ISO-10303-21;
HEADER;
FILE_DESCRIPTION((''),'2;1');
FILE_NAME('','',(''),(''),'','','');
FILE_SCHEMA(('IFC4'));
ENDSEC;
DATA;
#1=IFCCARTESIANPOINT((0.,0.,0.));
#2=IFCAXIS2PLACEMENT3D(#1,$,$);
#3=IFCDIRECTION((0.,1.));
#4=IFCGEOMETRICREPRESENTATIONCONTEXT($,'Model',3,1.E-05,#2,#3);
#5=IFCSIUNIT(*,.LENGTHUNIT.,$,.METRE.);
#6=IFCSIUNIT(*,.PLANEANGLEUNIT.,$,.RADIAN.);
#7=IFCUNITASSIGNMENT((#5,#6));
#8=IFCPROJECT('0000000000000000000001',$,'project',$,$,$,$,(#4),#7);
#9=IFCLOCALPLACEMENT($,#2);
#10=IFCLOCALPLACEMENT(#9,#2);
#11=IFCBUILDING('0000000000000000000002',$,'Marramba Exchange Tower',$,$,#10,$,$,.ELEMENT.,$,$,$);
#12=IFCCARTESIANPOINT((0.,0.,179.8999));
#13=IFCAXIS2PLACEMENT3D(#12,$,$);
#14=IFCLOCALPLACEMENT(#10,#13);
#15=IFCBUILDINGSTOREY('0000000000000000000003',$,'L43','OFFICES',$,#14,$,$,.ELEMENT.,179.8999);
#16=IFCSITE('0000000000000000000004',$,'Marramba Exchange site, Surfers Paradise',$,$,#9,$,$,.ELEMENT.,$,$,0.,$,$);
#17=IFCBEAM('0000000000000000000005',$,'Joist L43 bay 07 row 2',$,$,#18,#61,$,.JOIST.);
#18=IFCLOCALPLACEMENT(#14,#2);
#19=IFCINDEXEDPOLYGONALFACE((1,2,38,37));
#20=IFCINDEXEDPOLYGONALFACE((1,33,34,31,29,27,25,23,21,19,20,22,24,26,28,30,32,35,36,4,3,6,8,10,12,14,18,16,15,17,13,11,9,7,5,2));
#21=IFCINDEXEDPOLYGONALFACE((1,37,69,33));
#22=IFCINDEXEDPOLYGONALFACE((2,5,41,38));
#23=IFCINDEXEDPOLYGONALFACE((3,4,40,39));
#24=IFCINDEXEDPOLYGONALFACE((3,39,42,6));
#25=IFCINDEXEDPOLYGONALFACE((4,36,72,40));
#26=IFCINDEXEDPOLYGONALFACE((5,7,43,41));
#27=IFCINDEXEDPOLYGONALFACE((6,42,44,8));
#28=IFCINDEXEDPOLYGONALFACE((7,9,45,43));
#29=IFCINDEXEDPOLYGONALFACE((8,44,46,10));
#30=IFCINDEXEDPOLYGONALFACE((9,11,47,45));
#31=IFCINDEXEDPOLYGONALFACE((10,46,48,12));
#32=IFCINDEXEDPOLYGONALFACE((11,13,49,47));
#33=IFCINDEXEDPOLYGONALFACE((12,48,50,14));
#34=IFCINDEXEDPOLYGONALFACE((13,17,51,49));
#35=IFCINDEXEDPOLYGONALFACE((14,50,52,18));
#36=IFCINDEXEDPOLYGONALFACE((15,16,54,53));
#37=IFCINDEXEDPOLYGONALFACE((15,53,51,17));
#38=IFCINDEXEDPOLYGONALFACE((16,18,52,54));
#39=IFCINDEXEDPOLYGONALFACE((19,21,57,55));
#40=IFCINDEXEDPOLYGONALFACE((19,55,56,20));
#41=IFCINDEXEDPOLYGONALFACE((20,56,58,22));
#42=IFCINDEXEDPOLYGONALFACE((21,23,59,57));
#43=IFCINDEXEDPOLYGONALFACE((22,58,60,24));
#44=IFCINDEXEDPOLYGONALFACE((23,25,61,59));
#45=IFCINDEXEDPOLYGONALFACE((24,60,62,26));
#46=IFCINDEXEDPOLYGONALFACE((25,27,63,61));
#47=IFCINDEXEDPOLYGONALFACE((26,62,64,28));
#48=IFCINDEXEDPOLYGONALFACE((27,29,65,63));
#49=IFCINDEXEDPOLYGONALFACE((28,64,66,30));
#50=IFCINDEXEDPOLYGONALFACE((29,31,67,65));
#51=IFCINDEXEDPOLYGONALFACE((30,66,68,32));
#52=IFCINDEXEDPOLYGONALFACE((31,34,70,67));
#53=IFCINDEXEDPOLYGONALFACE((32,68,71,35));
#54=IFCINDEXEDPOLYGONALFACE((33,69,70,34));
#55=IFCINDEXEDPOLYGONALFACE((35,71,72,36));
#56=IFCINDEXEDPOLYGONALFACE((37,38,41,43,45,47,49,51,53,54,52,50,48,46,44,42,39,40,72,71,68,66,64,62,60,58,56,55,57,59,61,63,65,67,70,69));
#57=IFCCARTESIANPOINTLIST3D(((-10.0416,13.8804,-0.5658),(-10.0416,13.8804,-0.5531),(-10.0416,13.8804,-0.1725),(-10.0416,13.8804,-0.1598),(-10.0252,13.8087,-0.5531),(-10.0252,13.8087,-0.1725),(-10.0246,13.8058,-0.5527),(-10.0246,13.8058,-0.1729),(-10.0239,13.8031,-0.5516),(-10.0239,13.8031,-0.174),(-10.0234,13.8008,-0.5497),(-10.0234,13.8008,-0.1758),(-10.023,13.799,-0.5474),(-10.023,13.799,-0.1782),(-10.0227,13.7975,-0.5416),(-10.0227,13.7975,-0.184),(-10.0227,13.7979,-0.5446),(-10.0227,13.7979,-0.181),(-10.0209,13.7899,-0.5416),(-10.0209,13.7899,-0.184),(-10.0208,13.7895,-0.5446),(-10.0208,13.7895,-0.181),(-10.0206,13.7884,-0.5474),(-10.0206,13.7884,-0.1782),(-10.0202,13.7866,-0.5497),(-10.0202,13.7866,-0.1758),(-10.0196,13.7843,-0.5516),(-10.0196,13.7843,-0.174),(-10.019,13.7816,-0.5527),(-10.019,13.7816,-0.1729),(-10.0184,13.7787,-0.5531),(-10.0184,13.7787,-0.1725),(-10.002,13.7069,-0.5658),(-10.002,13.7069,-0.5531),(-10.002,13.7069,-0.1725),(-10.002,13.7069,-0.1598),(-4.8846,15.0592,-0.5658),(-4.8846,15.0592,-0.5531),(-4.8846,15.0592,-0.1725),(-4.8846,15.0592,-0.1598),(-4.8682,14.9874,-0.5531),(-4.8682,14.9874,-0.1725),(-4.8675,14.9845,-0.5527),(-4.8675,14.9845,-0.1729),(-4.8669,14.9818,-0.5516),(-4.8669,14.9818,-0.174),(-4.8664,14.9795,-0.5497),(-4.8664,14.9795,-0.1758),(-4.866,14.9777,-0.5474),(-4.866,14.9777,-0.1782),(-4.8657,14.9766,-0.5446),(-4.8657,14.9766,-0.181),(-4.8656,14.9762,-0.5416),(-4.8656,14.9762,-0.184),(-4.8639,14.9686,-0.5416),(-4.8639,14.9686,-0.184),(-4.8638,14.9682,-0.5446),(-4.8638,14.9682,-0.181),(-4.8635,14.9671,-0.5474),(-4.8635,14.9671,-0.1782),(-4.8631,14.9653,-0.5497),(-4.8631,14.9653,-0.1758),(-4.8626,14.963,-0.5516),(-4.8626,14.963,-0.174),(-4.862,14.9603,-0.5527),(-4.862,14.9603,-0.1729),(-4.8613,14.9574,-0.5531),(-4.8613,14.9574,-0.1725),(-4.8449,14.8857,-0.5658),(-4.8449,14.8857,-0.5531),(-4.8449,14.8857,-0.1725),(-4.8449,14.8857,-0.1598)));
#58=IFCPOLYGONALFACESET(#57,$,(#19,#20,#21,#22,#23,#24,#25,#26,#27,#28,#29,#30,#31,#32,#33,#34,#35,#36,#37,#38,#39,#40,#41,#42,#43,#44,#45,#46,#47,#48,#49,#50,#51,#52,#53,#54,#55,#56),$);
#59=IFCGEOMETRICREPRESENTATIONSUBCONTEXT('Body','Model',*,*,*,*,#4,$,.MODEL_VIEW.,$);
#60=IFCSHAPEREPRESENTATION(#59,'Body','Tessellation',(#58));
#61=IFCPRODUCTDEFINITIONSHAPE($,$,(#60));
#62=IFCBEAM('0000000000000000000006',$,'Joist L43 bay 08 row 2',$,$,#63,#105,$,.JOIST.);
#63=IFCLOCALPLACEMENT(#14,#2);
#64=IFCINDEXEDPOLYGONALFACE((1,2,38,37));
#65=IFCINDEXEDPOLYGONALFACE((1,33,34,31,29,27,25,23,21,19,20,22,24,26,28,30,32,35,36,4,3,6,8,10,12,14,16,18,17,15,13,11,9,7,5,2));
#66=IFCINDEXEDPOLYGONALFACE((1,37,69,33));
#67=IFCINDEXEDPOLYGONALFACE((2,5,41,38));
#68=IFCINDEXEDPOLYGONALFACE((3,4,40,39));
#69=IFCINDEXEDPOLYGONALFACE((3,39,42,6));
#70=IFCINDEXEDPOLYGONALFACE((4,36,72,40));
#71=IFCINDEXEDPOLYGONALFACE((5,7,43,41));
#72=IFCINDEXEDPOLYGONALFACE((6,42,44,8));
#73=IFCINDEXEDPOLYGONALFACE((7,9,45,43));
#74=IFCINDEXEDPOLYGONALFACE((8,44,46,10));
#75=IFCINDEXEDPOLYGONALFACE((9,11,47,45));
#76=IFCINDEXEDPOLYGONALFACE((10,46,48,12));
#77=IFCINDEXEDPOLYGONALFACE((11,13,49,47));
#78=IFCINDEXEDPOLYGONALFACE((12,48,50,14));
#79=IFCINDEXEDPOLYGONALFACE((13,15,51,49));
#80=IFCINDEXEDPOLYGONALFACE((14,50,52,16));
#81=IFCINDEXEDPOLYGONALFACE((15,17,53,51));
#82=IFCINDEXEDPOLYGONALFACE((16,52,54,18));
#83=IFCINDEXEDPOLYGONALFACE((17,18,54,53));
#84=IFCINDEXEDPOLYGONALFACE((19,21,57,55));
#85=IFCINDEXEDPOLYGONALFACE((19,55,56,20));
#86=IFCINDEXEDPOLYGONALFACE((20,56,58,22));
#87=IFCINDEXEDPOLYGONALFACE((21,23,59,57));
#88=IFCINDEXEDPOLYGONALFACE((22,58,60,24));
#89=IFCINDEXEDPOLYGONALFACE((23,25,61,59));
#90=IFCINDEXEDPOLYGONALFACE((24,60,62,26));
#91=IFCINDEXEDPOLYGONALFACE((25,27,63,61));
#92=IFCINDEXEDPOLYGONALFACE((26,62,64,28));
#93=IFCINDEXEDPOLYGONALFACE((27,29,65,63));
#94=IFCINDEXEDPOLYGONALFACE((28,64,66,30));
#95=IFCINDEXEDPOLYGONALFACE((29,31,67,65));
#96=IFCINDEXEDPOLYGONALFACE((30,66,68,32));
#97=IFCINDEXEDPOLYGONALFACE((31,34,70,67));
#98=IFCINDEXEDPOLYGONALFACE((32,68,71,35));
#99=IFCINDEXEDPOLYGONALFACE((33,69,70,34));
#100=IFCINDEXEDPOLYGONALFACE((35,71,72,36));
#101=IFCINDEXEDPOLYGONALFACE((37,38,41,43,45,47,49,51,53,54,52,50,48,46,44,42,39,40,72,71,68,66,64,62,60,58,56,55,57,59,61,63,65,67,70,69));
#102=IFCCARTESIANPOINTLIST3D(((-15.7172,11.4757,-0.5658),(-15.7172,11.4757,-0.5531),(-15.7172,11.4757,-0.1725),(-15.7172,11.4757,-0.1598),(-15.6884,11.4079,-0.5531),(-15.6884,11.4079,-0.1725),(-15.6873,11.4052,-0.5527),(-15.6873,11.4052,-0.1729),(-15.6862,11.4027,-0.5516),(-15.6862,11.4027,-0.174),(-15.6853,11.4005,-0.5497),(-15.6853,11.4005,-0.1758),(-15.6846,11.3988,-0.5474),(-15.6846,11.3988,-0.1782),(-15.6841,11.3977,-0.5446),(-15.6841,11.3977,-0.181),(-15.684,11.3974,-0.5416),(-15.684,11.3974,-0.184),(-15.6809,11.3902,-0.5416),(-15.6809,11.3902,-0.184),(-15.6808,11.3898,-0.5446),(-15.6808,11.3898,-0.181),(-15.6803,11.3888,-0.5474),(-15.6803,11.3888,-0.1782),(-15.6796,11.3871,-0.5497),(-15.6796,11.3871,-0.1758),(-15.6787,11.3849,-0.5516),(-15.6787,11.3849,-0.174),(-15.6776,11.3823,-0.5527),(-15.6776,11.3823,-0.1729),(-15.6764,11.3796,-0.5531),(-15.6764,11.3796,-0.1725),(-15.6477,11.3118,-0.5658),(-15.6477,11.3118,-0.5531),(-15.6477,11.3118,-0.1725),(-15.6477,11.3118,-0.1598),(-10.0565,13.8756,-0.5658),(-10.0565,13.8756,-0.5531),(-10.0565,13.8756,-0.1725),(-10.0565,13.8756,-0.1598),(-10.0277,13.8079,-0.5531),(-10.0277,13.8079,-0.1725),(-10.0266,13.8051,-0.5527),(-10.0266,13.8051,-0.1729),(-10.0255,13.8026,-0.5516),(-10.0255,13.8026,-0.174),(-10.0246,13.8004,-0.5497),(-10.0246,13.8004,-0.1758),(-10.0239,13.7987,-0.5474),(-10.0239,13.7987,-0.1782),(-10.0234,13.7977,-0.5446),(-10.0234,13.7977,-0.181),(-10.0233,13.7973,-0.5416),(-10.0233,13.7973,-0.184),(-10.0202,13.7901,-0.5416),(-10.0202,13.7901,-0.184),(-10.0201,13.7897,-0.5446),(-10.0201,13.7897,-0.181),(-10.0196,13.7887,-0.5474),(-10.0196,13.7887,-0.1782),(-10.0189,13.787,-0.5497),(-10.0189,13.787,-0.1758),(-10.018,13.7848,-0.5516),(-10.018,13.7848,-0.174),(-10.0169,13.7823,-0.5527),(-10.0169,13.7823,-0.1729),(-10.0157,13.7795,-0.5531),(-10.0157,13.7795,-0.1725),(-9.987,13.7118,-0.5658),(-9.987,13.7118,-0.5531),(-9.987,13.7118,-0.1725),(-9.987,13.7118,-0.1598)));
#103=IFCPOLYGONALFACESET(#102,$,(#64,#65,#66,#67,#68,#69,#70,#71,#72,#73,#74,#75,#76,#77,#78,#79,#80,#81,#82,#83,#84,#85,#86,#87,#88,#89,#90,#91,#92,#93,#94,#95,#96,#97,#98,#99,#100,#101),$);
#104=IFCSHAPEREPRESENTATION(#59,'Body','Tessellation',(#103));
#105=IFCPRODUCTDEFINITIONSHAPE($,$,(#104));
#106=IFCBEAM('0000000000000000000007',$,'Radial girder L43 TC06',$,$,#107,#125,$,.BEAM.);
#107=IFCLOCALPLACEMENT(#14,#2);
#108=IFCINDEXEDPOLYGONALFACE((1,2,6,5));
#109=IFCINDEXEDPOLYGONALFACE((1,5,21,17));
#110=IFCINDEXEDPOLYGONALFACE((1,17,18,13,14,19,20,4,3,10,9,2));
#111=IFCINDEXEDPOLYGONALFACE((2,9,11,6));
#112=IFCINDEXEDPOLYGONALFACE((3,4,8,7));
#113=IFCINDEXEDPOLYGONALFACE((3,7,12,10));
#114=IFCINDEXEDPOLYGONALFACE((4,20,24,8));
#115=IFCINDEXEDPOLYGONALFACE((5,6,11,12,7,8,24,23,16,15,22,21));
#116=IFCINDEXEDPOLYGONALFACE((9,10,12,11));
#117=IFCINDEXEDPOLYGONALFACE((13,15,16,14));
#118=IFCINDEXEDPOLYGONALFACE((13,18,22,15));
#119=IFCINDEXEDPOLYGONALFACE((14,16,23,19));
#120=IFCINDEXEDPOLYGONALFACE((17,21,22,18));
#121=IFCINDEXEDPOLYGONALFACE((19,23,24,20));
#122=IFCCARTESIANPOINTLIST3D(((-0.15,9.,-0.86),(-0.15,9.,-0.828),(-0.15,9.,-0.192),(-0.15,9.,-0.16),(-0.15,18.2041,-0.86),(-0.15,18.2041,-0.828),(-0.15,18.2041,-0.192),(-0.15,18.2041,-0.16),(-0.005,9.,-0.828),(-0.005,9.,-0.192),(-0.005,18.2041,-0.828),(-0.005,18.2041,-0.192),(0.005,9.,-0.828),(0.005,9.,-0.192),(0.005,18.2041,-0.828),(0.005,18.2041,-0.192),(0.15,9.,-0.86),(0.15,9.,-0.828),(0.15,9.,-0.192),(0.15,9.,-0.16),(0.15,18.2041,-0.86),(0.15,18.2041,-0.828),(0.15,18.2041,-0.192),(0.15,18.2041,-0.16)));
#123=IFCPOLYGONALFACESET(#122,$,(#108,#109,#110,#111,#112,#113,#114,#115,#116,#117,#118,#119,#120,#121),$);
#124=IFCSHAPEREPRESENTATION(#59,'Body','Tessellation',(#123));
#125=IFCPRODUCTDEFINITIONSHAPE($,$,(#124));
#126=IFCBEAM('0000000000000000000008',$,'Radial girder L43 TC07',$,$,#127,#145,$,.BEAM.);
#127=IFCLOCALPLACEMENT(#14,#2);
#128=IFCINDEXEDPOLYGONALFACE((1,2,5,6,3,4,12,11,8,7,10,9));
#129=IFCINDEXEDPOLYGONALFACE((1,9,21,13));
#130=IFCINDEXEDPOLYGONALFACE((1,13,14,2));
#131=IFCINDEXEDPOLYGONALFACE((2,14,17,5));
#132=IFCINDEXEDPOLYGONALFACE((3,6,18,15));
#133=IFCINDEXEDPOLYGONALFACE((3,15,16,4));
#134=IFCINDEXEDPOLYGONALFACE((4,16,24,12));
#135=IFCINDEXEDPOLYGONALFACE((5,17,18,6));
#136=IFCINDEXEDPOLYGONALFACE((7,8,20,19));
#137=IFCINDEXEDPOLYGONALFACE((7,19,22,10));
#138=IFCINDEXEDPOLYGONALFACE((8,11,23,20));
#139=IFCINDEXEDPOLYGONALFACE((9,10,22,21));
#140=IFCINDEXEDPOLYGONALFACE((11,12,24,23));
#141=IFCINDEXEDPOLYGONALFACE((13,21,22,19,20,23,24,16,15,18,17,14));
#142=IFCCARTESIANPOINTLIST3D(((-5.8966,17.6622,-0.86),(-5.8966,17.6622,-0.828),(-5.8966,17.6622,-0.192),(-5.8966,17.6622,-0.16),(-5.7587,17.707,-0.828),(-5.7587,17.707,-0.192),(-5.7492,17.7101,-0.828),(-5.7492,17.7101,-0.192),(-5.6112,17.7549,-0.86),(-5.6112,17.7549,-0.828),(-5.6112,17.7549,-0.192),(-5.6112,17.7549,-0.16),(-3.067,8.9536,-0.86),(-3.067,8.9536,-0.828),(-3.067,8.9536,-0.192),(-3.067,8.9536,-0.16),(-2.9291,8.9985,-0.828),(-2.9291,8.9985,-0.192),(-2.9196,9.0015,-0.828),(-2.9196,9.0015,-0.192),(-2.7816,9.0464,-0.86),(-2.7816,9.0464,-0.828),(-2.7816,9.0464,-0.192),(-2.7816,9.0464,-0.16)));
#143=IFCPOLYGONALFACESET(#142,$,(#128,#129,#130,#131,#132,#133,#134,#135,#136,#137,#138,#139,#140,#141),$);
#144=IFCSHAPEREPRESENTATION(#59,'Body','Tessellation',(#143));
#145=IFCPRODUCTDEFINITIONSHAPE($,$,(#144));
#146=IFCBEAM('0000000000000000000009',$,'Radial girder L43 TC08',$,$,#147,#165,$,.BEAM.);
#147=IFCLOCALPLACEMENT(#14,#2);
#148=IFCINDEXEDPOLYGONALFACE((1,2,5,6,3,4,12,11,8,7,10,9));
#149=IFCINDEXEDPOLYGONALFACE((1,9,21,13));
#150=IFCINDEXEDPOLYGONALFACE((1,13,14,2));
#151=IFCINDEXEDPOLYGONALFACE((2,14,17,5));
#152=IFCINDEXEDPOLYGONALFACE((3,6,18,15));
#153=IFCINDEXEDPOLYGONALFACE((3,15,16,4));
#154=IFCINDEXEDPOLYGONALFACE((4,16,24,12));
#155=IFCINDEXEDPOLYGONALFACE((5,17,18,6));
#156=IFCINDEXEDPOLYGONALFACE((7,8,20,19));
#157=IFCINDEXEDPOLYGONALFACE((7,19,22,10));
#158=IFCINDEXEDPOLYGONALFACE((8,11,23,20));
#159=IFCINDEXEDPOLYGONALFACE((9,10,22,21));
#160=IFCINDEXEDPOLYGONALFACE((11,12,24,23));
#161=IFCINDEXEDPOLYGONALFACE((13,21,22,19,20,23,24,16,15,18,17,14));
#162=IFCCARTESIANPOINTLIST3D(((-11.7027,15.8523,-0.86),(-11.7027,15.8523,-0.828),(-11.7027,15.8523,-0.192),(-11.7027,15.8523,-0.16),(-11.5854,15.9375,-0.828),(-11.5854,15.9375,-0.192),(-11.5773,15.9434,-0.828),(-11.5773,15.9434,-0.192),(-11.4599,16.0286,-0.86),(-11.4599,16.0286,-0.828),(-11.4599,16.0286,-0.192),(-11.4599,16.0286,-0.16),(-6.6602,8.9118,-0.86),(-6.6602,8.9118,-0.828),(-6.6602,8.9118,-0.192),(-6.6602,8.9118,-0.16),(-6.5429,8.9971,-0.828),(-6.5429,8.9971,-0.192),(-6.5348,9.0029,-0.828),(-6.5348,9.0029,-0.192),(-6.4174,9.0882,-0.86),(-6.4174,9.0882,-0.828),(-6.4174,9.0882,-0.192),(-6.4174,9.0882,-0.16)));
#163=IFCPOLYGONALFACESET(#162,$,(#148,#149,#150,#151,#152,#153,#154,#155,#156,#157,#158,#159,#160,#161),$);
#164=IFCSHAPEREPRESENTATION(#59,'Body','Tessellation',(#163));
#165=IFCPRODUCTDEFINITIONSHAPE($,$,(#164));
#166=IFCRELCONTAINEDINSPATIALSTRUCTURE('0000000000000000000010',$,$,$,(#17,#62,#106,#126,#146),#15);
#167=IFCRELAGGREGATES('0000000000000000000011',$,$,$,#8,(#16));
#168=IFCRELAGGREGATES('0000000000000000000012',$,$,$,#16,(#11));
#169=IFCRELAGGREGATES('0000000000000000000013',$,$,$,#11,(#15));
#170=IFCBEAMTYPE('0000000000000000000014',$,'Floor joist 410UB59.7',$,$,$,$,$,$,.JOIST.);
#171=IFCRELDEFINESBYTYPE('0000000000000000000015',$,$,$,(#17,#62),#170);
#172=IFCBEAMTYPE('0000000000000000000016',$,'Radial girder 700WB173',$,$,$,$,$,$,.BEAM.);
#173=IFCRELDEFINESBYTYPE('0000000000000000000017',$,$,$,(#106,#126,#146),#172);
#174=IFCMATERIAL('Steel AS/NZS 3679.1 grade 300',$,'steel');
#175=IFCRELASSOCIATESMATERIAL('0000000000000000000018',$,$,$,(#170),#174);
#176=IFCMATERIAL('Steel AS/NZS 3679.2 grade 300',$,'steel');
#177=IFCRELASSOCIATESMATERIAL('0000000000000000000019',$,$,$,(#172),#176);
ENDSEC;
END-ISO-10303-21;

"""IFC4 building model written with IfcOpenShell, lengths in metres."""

from ifc_helpers import new_model, si_unit, direction, frame, origin, origin_2d, place, context, subcontext, project, spatial, i_section, extrude, material, material_profile, profile_set, type_object, element, save


model = new_model("IFC4")

# Units and contexts
model_context = context("Model", 3, precision=1e-05, world=origin(), true_north=direction((0.0, 1.0)))
body_context = subcontext(model_context, "Body", "Model", "MODEL_VIEW")
ifc_project = project(units=[si_unit("LENGTHUNIT", "METRE"), si_unit("PLANEANGLEUNIT", "RADIAN")], contexts=[model_context])

# Site, building, storey
site_placement = place(None, origin())
site = spatial("IfcSite", under=ifc_project, at=site_placement, Name="Marramba Exchange site, Surfers Paradise", CompositionType="ELEMENT", RefElevation=0.0)
building_placement = place(site_placement, origin())
building = spatial("IfcBuilding", under=site, at=building_placement, Name="Marramba Exchange Tower", CompositionType="ELEMENT")
storey_placement = place(building_placement, frame((0.0, 0.0, 179.8999)))
storey = spatial("IfcBuildingStorey", under=building, at=storey_placement, Name="L43", Description="OFFICES", CompositionType="ELEMENT", Elevation=179.8999)

# Beams
ifc_material_1 = material(Name="Steel AS/NZS 3679.1 grade 300", Category="steel")
ifc_material_profile_1 = material_profile(ifc_material_1, i_section(OverallWidth=0.178, OverallDepth=0.406, WebThickness=0.0078, FlangeThickness=0.0127, FilletRadius=0.0115, at=origin_2d()), Name="410UB59.7")
ifc_profile_set_1 = profile_set([ifc_material_profile_1], Name="Steel AS/NZS 3679.1 grade 300")
beam_type_1 = type_object("IfcBeamType", Name="Floor joist 410UB59.7", PredefinedType="JOIST", material=ifc_profile_set_1)
beam_1_placement = place(storey_placement, frame((-4.8647, 14.9724, -0.3628), z_axis=(-0.97486, -0.22282, 0.0), x_axis=(0.22282, -0.97486, 0.0)))
element("IfcBeam", 1, at=beam_1_placement, inside=storey, type_object=beam_type_1, Name="Joist L43 bay 07 row 2", PredefinedType="JOIST", context=body_context, shape_type="SweptSolid", body=[
    extrude(i_section(OverallWidth=0.178, OverallDepth=0.406, WebThickness=0.0078, FlangeThickness=0.0127, FilletRadius=0.0115, at=origin_2d()), origin(), (0.0, 0.0, 1.0), 5.29),
])
beam_2_placement = place(storey_placement, frame((-10.0217, 13.7937, -0.3628), z_axis=(-0.920674, -0.390332, 0.0), x_axis=(0.390332, -0.920674, 0.0)))
element("IfcBeam", 2, at=beam_2_placement, inside=storey, type_object=beam_type_1, Name="Joist L43 bay 08 row 2", PredefinedType="JOIST", context=body_context, shape_type="SweptSolid", body=[
    extrude(i_section(OverallWidth=0.178, OverallDepth=0.406, WebThickness=0.0078, FlangeThickness=0.0127, FilletRadius=0.0115, at=origin_2d()), origin(), (0.0, 0.0, 1.0), 6.1484),
])
ifc_material_2 = material(Name="Steel AS/NZS 3679.2 grade 300", Category="steel")
ifc_material_profile_2 = material_profile(ifc_material_2, i_section(OverallWidth=0.3, OverallDepth=0.7, WebThickness=0.01, FlangeThickness=0.032, at=origin_2d()), Name="700WB173")
ifc_profile_set_2 = profile_set([ifc_material_profile_2], Name="Steel AS/NZS 3679.2 grade 300")
beam_type_2 = type_object("IfcBeamType", Name="Radial girder 700WB173", PredefinedType="BEAM", material=ifc_profile_set_2)
beam_3_placement = place(storey_placement, frame((0.0, 9.0, -0.51), z_axis=(0.0, 1.0, 0.0), x_axis=(-1.0, 0.0, 0.0)))
element("IfcBeam", 3, at=beam_3_placement, inside=storey, type_object=beam_type_2, Name="Radial girder L43 TC06", PredefinedType="BEAM", context=body_context, shape_type="SweptSolid", body=[
    extrude(i_section(OverallWidth=0.3, OverallDepth=0.7, WebThickness=0.01, FlangeThickness=0.032, at=origin_2d()), origin(), (0.0, 0.0, 1.0), 9.2041),
])
beam_4_placement = place(storey_placement, frame((-2.9243, 9.0, -0.51), z_axis=(-0.30902, 0.951056, 0.0), x_axis=(-0.951056, -0.30902, 0.0)))
element("IfcBeam", 4, at=beam_4_placement, inside=storey, type_object=beam_type_2, Name="Radial girder L43 TC07", PredefinedType="BEAM", context=body_context, shape_type="SweptSolid", body=[
    extrude(i_section(OverallWidth=0.3, OverallDepth=0.7, WebThickness=0.01, FlangeThickness=0.032, at=origin_2d()), origin(), (0.0, 0.0, 1.0), 9.1567),
])
beam_5_placement = place(storey_placement, frame((-6.5388, 9.0, -0.51), z_axis=(-0.587782, 0.809019, 0.0), x_axis=(-0.809019, -0.587782, 0.0)))
element("IfcBeam", 5, at=beam_5_placement, inside=storey, type_object=beam_type_2, Name="Radial girder L43 TC08", PredefinedType="BEAM", context=body_context, shape_type="SweptSolid", body=[
    extrude(i_section(OverallWidth=0.3, OverallDepth=0.7, WebThickness=0.01, FlangeThickness=0.032, at=origin_2d()), origin(), (0.0, 0.0, 1.0), 8.5789),
])

save(model, "model.ifc")
